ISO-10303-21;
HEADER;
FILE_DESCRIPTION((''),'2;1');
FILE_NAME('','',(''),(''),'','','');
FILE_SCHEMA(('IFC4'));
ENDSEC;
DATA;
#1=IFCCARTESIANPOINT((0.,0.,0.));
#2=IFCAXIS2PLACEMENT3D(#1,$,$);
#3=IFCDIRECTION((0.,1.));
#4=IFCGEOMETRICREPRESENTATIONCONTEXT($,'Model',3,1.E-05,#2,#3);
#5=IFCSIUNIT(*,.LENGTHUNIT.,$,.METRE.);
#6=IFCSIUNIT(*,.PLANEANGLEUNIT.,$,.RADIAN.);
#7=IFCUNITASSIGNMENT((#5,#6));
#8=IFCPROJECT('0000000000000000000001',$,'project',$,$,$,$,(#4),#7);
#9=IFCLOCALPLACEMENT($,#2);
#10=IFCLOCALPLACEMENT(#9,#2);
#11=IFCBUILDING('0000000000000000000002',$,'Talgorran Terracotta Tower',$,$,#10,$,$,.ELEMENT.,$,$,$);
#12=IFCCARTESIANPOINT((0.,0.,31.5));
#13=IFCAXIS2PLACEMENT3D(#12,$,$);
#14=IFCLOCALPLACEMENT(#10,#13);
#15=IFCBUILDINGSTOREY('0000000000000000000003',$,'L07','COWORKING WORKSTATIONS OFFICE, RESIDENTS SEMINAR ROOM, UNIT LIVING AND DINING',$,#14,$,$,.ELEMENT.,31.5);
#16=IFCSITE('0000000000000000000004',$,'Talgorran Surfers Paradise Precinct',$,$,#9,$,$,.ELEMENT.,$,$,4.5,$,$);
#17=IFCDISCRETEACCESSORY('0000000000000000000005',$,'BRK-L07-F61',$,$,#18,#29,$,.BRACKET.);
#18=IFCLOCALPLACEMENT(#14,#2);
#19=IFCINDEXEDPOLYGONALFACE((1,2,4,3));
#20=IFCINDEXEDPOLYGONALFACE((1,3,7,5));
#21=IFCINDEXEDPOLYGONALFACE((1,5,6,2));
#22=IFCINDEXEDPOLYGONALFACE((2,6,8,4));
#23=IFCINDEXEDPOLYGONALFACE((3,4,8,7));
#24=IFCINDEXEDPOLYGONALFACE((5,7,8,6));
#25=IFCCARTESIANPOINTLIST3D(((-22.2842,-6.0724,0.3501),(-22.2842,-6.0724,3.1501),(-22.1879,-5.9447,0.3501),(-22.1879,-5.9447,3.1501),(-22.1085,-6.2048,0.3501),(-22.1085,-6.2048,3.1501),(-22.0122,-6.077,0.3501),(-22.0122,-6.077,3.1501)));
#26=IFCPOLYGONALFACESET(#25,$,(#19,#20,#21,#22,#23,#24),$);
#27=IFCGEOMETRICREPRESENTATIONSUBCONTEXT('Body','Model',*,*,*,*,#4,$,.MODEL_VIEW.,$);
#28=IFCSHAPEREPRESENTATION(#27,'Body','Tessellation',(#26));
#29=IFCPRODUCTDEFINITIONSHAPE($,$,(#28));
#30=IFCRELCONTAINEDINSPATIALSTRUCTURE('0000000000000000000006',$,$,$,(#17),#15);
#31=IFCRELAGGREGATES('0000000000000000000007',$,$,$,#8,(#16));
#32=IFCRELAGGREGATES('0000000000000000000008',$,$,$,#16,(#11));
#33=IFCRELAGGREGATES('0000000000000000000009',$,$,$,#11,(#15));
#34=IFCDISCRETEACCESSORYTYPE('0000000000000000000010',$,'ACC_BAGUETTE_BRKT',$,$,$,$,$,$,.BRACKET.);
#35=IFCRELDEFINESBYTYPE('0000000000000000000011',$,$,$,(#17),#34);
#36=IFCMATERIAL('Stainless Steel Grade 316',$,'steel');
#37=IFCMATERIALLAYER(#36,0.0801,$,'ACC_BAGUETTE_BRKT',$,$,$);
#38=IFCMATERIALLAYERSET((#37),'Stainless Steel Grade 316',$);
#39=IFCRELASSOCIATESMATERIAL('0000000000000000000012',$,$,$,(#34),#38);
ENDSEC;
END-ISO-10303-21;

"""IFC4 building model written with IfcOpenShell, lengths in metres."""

from ifc_helpers import new_model, si_unit, direction, frame, origin, origin_2d, place, context, subcontext, project, spatial, rectangle, extrude, source, transform, mapped, material, layer, layer_set, type_object, type_shapes, element, save


model = new_model("IFC4")

# Units and contexts
model_context = context("Model", 3, precision=1e-05, world=origin(), true_north=direction((0.0, 1.0)))
body_context = subcontext(model_context, "Body", "Model", "MODEL_VIEW")
ifc_project = project(units=[si_unit("LENGTHUNIT", "METRE"), si_unit("PLANEANGLEUNIT", "RADIAN")], contexts=[model_context])

# Site, building, storey
site_placement = place(None, origin())
site = spatial("IfcSite", under=ifc_project, at=site_placement, Name="Talgorran Surfers Paradise Precinct", CompositionType="ELEMENT", RefElevation=4.5)
building_placement = place(site_placement, origin())
building = spatial("IfcBuilding", under=site, at=building_placement, Name="Talgorran Terracotta Tower", CompositionType="ELEMENT")
storey_placement = place(building_placement, frame((0.0, 0.0, 31.5)))
storey = spatial("IfcBuildingStorey", under=building, at=storey_placement, Name="L07", Description="COWORKING WORKSTATIONS OFFICE, RESIDENTS SEMINAR ROOM, UNIT LIVING AND DINING", CompositionType="ELEMENT", Elevation=31.5)

# Discrete accessory
ifc_material_1 = material(Name="Stainless Steel Grade 316", Category="steel")
ifc_layer_1 = layer(ifc_material_1, 0.0801, Name="ACC_BAGUETTE_BRKT")
ifc_layer_set_1 = layer_set([ifc_layer_1], Name="Stainless Steel Grade 316")
discrete_accessory_type = type_object("IfcDiscreteAccessoryType", Name="ACC_BAGUETTE_BRKT", PredefinedType="BRACKET", material=ifc_layer_set_1)
shared_shape_1 = source(origin(), body_context, "Body", "SweptSolid", [
    extrude(rectangle(XDim=0.1599, YDim=0.22, at=origin_2d()), origin(), (0.0, 0.0, 1.0), 2.8),
])
type_shapes(discrete_accessory_type, [shared_shape_1])
discrete_accessory_placement = place(storey_placement, frame((-22.1482, -6.0747, 0.3501), z_axis=(0.0, 0.0, 1.0), x_axis=(-0.601815, -0.798636, 0.0)))
element("IfcDiscreteAccessory", 1, at=discrete_accessory_placement, inside=storey, type_object=discrete_accessory_type, Name="BRK-L07-F61", PredefinedType="BRACKET", context=body_context, shape_type="MappedRepresentation", body=[
    mapped(shared_shape_1, transform((0.0, 0.0, 0.0), scale=1.0)),
])

save(model, "model.ifc")
